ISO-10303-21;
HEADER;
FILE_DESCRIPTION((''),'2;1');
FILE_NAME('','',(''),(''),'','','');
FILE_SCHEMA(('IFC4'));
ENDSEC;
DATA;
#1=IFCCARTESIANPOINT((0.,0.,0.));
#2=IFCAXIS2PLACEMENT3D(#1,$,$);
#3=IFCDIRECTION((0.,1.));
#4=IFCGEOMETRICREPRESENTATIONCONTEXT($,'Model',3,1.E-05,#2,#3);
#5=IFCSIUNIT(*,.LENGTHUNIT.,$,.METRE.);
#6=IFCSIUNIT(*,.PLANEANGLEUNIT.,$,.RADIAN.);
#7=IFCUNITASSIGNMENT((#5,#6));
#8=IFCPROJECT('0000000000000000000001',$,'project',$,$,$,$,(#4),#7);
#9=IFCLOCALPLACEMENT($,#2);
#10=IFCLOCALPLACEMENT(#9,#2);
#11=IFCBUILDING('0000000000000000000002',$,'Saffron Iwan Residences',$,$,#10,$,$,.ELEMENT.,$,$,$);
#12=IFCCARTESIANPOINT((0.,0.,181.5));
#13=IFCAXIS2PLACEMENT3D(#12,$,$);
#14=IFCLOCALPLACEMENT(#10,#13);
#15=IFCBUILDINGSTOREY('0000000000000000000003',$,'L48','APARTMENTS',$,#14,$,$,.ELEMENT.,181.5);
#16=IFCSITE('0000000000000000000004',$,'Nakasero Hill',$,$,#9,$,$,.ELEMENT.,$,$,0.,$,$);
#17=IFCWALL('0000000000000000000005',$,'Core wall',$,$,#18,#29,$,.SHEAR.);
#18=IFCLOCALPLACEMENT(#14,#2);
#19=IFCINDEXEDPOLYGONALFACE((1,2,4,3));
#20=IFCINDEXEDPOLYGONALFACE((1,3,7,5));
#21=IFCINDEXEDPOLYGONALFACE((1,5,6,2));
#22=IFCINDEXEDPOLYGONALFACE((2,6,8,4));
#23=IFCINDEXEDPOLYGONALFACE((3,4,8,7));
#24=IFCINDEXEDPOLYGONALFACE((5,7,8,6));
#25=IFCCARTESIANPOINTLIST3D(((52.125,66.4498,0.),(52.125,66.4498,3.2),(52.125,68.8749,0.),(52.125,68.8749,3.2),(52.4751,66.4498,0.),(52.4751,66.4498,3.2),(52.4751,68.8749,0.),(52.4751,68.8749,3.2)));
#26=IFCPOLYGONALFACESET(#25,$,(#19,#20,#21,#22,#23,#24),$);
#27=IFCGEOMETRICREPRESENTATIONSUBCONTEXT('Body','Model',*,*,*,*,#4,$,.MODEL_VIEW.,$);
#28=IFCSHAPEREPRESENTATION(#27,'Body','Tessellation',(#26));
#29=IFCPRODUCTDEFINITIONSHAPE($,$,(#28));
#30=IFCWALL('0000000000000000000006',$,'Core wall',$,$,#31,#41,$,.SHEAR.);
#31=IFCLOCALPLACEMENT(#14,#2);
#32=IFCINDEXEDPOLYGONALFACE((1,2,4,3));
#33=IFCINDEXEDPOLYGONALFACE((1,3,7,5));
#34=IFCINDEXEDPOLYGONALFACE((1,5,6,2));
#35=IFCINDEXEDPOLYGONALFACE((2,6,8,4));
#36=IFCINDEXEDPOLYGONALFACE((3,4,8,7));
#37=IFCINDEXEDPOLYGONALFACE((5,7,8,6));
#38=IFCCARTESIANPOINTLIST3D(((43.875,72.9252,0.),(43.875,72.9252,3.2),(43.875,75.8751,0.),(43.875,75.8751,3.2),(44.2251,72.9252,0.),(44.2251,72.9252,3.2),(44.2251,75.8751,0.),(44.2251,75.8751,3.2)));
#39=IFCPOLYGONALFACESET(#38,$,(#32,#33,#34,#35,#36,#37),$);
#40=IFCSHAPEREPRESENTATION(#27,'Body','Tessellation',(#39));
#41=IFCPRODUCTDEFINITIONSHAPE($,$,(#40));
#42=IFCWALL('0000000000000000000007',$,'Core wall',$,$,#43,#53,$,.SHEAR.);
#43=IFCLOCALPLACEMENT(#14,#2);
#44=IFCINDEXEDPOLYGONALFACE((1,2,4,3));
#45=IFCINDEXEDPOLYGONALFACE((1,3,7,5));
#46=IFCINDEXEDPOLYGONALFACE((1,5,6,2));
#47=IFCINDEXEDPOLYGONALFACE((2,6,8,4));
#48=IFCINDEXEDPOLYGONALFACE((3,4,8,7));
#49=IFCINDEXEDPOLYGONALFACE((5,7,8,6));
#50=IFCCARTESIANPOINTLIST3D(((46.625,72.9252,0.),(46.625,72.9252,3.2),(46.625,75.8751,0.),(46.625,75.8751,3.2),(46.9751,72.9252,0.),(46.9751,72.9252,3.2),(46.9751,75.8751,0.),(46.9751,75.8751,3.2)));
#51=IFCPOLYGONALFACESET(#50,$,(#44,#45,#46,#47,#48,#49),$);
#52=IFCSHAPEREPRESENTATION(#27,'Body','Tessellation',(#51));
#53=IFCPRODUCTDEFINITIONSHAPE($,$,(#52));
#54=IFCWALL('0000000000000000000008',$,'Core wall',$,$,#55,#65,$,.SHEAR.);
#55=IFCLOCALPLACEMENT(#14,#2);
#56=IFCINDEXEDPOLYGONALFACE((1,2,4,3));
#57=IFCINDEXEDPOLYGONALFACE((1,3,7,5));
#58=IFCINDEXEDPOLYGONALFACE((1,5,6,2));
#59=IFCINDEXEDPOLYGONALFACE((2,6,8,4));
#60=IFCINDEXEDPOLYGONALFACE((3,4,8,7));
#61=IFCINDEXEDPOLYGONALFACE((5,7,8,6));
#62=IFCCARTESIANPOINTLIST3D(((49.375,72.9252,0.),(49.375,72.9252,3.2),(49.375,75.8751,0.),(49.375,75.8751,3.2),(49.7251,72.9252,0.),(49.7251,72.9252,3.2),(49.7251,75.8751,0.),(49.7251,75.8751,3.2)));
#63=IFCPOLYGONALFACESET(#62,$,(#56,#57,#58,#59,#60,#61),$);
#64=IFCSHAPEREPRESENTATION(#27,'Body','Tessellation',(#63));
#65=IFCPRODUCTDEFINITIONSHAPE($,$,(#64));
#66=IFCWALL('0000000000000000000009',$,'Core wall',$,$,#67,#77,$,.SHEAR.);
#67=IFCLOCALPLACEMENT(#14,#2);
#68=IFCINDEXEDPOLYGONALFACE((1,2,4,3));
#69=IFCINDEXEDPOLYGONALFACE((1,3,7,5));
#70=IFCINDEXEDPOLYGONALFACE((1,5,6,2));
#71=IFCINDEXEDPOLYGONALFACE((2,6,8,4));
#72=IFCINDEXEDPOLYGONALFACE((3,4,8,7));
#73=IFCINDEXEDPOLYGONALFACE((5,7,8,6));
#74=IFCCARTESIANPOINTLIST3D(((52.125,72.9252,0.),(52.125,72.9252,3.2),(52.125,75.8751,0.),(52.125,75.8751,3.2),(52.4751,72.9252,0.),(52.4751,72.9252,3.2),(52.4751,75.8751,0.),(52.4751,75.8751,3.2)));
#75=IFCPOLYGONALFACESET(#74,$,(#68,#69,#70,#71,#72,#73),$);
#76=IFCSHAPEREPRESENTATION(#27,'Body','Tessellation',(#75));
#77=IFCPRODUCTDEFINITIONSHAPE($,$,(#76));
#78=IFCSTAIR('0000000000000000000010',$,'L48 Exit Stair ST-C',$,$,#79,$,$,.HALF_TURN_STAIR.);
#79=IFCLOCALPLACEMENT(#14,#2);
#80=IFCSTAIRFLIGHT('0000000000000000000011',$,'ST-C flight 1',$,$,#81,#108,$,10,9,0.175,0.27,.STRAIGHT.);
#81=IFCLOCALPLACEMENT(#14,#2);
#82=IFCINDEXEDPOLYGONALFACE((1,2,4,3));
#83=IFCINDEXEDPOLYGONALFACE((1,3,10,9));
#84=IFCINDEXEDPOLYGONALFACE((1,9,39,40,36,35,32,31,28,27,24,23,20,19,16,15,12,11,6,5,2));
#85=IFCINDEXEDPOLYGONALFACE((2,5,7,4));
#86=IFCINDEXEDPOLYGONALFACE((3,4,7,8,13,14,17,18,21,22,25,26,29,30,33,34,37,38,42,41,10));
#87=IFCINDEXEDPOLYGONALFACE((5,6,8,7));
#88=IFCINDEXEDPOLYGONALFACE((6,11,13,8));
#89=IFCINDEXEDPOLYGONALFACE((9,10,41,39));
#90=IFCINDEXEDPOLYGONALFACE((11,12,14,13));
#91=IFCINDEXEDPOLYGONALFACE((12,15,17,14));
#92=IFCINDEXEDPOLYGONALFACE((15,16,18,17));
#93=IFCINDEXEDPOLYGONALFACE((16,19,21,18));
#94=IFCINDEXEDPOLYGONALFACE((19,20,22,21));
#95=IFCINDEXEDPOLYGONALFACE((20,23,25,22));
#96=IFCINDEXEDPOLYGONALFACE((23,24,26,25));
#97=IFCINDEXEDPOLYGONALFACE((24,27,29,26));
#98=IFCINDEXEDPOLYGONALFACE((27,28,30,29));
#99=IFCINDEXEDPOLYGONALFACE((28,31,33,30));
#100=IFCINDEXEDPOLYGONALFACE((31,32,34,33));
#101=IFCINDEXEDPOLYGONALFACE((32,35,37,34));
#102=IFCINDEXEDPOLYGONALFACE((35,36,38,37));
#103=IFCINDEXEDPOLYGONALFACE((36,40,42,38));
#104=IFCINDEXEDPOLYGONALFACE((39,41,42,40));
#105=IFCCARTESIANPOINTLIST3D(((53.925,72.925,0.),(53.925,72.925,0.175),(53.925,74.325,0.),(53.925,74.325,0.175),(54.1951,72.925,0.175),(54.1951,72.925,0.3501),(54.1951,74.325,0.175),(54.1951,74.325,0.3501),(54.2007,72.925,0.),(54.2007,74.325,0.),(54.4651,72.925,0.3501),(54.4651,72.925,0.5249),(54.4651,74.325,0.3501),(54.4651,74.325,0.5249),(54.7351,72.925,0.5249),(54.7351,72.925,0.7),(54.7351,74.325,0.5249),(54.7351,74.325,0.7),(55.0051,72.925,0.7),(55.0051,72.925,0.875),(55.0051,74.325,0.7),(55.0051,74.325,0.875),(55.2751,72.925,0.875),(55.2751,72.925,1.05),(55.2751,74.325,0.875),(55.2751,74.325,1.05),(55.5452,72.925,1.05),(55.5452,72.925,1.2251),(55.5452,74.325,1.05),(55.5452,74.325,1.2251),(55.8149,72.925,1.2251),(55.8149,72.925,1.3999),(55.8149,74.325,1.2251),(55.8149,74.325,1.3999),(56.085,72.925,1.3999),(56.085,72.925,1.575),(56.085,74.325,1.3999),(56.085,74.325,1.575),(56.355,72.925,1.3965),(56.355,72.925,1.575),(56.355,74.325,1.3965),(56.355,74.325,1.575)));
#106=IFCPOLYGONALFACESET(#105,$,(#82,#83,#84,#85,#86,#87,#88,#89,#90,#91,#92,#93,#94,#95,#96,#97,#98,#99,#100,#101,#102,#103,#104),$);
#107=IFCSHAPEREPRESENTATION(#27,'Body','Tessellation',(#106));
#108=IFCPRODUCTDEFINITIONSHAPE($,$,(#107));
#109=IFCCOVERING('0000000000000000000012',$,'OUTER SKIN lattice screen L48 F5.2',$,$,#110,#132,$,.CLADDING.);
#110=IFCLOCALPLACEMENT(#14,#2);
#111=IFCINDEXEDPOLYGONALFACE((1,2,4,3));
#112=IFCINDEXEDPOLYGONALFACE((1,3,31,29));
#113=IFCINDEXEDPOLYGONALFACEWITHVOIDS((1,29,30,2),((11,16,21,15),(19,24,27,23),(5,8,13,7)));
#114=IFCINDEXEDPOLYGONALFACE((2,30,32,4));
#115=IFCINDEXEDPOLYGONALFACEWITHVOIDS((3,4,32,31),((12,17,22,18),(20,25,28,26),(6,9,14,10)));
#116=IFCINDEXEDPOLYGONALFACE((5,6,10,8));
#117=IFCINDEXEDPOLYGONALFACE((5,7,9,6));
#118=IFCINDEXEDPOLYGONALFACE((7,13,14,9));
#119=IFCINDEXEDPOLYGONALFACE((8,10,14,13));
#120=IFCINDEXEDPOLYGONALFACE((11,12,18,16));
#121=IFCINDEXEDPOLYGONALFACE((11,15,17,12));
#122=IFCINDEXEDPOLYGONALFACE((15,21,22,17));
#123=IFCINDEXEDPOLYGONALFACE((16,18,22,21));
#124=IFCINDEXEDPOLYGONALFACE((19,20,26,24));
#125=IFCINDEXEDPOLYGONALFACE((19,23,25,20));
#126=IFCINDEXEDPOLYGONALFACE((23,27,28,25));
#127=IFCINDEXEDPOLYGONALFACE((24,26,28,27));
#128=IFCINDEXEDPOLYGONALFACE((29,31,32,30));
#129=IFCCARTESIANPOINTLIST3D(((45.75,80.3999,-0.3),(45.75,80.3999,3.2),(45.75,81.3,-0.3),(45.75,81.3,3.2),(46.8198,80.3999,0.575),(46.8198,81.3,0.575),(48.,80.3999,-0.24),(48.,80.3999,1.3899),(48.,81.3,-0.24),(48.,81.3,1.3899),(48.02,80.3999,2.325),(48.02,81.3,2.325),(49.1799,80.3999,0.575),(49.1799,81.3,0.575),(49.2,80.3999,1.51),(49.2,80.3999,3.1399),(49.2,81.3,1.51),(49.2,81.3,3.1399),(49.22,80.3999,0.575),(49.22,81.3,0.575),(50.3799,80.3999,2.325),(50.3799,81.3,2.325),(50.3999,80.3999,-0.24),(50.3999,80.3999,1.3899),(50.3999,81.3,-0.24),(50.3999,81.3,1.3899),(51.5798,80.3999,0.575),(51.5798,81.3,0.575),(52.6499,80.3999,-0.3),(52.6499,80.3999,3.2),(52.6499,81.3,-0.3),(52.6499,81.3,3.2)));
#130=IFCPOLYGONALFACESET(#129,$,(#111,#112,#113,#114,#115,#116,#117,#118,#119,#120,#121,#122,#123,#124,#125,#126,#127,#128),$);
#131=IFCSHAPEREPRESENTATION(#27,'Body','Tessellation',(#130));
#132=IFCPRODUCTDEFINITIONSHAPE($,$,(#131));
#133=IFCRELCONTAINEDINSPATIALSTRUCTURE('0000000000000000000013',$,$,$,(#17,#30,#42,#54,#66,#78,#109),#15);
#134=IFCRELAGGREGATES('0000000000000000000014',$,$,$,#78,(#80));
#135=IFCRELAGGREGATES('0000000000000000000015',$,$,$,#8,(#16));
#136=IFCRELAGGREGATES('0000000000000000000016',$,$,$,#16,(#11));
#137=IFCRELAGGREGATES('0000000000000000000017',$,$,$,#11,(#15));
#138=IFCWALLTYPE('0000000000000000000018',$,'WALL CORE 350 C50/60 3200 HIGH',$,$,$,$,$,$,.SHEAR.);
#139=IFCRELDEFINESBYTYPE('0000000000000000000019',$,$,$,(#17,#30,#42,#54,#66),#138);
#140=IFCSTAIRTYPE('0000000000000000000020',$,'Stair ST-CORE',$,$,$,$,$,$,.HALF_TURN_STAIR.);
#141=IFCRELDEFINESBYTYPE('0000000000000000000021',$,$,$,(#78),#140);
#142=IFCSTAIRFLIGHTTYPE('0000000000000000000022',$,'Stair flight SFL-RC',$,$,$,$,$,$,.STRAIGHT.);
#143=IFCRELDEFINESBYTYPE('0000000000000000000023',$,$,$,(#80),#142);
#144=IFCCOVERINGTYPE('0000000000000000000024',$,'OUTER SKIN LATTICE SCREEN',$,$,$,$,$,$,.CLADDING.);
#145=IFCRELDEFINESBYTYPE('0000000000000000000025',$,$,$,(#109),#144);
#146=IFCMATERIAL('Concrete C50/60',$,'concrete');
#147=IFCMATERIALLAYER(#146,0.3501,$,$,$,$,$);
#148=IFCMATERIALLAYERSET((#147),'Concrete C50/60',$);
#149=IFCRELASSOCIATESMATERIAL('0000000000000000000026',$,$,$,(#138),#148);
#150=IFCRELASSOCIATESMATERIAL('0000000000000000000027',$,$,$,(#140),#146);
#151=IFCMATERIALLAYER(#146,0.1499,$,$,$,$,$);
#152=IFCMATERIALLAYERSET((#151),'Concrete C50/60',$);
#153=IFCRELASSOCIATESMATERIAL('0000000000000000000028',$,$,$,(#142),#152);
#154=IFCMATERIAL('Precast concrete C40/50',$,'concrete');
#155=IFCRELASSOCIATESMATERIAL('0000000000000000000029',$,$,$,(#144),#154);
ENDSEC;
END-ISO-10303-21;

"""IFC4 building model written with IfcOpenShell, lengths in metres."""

from ifc_helpers import new_model, si_unit, direction, frame, frame_2d, origin, place, context, subcontext, project, spatial, polyline, rectangle, outline, extrude, material, layer, layer_set, type_object, element, aggregate, save


model = new_model("IFC4")

# Units and contexts
model_context = context("Model", 3, precision=1e-05, world=origin(), true_north=direction((0.0, 1.0)))
body_context = subcontext(model_context, "Body", "Model", "MODEL_VIEW")
ifc_project = project(units=[si_unit("LENGTHUNIT", "METRE"), si_unit("PLANEANGLEUNIT", "RADIAN")], contexts=[model_context])

# Site, building, storey
site_placement = place(None, origin())
site = spatial("IfcSite", under=ifc_project, at=site_placement, Name="Nakasero Hill", CompositionType="ELEMENT", RefElevation=0.0)
building_placement = place(site_placement, origin())
building = spatial("IfcBuilding", under=site, at=building_placement, Name="Saffron Iwan Residences", CompositionType="ELEMENT")
storey_placement = place(building_placement, frame((0.0, 0.0, 181.5)))
storey = spatial("IfcBuildingStorey", under=building, at=storey_placement, Name="L48", Description="APARTMENTS", CompositionType="ELEMENT", Elevation=181.5)

# Shared definitions
ifc_material_1 = material(Name="Concrete C50/60", Category="concrete")

# Walls
ifc_layer_1 = layer(ifc_material_1, 0.3501)
ifc_layer_set_1 = layer_set([ifc_layer_1], Name="Concrete C50/60")
wall_type_1 = type_object("IfcWallType", Name="WALL CORE 350 C50/60 3200 HIGH", PredefinedType="SHEAR", material=ifc_layer_set_1)
for number, where, z_axis, x_axis, name in (
    (1, (52.3, 66.45, 0.0), (0.0, 0.0, 1.0), (0.0, 1.0, 0.0), "Core wall"),
):
    element("IfcWall", number, at=place(storey_placement, frame(where, z_axis=z_axis, x_axis=x_axis)), inside=storey, type_object=wall_type_1, Name=name, PredefinedType="SHEAR", context=body_context, shape_type="SweptSolid", body=[
        extrude(rectangle(XDim=2.425, YDim=0.3501, at=frame_2d((1.2124, 0.0))), origin(), (0.0, 0.0, 1.0), 3.2),
    ])
for number, where, z_axis, x_axis, name in (
    (2, (44.05, 72.925, 0.0), (0.0, 0.0, 1.0), (0.0, 1.0, 0.0), "Core wall"),
    (3, (46.8, 72.925, 0.0), (0.0, 0.0, 1.0), (0.0, 1.0, 0.0), "Core wall"),
    (4, (49.55, 72.925, 0.0), (0.0, 0.0, 1.0), (0.0, 1.0, 0.0), "Core wall"),
    (5, (52.3, 72.925, 0.0), (0.0, 0.0, 1.0), (0.0, 1.0, 0.0), "Core wall"),
):
    element("IfcWall", number, at=place(storey_placement, frame(where, z_axis=z_axis, x_axis=x_axis)), inside=storey, type_object=wall_type_1, Name=name, PredefinedType="SHEAR", context=body_context, shape_type="SweptSolid", body=[
        extrude(rectangle(XDim=2.95, YDim=0.3501, at=frame_2d((1.4751, 0.0))), origin(), (0.0, 0.0, 1.0), 3.2),
    ])

# Stair, stair flight
stair_type = type_object("IfcStairType", Name="Stair ST-CORE", PredefinedType="HALF_TURN_STAIR", material=ifc_material_1)
stair_placement = place(storey_placement, origin())
stair = element("IfcStair", 6, at=stair_placement, inside=storey, type_object=stair_type, Name="L48 Exit Stair ST-C", PredefinedType="HALF_TURN_STAIR")
ifc_layer_2 = layer(ifc_material_1, 0.1499)
ifc_layer_set_2 = layer_set([ifc_layer_2], Name="Concrete C50/60")
stair_flight_type = type_object("IfcStairFlightType", Name="Stair flight SFL-RC", PredefinedType="STRAIGHT", material=ifc_layer_set_2)
stair_flight_placement = place(storey_placement, frame((53.925, 73.625, 0.0), z_axis=(0.0, 0.0, 1.0), x_axis=(1.0, 0.0, 0.0)))
stair_flight = element("IfcStairFlight", 7, at=stair_flight_placement, type_object=stair_flight_type, Name="ST-C flight 1", NumberOfRisers=10, NumberOfTreads=9, PredefinedType="STRAIGHT", RiserHeight=0.175, TreadLength=0.27, context=body_context, shape_type="SweptSolid", body=[
    extrude(outline(polyline([(0.0, 0.0), (0.0, 0.175), (0.27, 0.175), (0.27, 0.3501), (0.54, 0.3501), (0.54, 0.5249), (0.8101, 0.5249), (0.8101, 0.7), (1.0801, 0.7), (1.0801, 0.875), (1.3501, 0.875), (1.3501, 1.05), (1.6201, 1.05), (1.6201, 1.2251), (1.8899, 1.2251), (1.8899, 1.3999), (2.1599, 1.3999), (2.1599, 1.575), (2.4299, 1.575), (2.4299, 1.75), (2.4299, 1.3965), (0.2756, 0.0), (0.0, 0.0)])), frame((0.0, 0.7, 0.0), z_axis=(0.0, -1.0, 0.0), x_axis=(1.0, 0.0, 0.0)), (0.0, 0.0, 1.0), 1.3999),
])
aggregate(stair, [stair_flight])

# Covering
ifc_material_2 = material(Name="Precast concrete C40/50", Category="concrete")
covering_type_1 = type_object("IfcCoveringType", Name="OUTER SKIN LATTICE SCREEN", PredefinedType="CLADDING", material=ifc_material_2)
covering_placement = place(storey_placement, frame((52.6499, 80.3999, -0.3), z_axis=(0.0, 1.0, 0.0), x_axis=(-1.0, 0.0, 0.0)))
element("IfcCovering", 8, at=covering_placement, inside=storey, type_object=covering_type_1, Name="OUTER SKIN lattice screen L48 F5.2", PredefinedType="CLADDING", context=body_context, shape_type="SweptSolid", body=[
    extrude(outline(polyline([(0.0, 0.0), (6.8999, 0.0), (6.8999, 3.5), (0.0, 3.5), (0.0, 0.0)]), holes=[polyline([(1.0701, 0.875), (2.25, 0.0601), (3.4299, 0.875), (2.25, 1.6899), (1.0701, 0.875)]), polyline([(3.47, 0.875), (4.6499, 0.0601), (5.8301, 0.875), (4.6499, 1.6899), (3.47, 0.875)]), polyline([(2.27, 2.625), (3.45, 1.8101), (4.6299, 2.625), (3.45, 3.4399), (2.27, 2.625)])]), origin(), (0.0, 0.0, 1.0), 0.9001),
])

save(model, "model.ifc")
